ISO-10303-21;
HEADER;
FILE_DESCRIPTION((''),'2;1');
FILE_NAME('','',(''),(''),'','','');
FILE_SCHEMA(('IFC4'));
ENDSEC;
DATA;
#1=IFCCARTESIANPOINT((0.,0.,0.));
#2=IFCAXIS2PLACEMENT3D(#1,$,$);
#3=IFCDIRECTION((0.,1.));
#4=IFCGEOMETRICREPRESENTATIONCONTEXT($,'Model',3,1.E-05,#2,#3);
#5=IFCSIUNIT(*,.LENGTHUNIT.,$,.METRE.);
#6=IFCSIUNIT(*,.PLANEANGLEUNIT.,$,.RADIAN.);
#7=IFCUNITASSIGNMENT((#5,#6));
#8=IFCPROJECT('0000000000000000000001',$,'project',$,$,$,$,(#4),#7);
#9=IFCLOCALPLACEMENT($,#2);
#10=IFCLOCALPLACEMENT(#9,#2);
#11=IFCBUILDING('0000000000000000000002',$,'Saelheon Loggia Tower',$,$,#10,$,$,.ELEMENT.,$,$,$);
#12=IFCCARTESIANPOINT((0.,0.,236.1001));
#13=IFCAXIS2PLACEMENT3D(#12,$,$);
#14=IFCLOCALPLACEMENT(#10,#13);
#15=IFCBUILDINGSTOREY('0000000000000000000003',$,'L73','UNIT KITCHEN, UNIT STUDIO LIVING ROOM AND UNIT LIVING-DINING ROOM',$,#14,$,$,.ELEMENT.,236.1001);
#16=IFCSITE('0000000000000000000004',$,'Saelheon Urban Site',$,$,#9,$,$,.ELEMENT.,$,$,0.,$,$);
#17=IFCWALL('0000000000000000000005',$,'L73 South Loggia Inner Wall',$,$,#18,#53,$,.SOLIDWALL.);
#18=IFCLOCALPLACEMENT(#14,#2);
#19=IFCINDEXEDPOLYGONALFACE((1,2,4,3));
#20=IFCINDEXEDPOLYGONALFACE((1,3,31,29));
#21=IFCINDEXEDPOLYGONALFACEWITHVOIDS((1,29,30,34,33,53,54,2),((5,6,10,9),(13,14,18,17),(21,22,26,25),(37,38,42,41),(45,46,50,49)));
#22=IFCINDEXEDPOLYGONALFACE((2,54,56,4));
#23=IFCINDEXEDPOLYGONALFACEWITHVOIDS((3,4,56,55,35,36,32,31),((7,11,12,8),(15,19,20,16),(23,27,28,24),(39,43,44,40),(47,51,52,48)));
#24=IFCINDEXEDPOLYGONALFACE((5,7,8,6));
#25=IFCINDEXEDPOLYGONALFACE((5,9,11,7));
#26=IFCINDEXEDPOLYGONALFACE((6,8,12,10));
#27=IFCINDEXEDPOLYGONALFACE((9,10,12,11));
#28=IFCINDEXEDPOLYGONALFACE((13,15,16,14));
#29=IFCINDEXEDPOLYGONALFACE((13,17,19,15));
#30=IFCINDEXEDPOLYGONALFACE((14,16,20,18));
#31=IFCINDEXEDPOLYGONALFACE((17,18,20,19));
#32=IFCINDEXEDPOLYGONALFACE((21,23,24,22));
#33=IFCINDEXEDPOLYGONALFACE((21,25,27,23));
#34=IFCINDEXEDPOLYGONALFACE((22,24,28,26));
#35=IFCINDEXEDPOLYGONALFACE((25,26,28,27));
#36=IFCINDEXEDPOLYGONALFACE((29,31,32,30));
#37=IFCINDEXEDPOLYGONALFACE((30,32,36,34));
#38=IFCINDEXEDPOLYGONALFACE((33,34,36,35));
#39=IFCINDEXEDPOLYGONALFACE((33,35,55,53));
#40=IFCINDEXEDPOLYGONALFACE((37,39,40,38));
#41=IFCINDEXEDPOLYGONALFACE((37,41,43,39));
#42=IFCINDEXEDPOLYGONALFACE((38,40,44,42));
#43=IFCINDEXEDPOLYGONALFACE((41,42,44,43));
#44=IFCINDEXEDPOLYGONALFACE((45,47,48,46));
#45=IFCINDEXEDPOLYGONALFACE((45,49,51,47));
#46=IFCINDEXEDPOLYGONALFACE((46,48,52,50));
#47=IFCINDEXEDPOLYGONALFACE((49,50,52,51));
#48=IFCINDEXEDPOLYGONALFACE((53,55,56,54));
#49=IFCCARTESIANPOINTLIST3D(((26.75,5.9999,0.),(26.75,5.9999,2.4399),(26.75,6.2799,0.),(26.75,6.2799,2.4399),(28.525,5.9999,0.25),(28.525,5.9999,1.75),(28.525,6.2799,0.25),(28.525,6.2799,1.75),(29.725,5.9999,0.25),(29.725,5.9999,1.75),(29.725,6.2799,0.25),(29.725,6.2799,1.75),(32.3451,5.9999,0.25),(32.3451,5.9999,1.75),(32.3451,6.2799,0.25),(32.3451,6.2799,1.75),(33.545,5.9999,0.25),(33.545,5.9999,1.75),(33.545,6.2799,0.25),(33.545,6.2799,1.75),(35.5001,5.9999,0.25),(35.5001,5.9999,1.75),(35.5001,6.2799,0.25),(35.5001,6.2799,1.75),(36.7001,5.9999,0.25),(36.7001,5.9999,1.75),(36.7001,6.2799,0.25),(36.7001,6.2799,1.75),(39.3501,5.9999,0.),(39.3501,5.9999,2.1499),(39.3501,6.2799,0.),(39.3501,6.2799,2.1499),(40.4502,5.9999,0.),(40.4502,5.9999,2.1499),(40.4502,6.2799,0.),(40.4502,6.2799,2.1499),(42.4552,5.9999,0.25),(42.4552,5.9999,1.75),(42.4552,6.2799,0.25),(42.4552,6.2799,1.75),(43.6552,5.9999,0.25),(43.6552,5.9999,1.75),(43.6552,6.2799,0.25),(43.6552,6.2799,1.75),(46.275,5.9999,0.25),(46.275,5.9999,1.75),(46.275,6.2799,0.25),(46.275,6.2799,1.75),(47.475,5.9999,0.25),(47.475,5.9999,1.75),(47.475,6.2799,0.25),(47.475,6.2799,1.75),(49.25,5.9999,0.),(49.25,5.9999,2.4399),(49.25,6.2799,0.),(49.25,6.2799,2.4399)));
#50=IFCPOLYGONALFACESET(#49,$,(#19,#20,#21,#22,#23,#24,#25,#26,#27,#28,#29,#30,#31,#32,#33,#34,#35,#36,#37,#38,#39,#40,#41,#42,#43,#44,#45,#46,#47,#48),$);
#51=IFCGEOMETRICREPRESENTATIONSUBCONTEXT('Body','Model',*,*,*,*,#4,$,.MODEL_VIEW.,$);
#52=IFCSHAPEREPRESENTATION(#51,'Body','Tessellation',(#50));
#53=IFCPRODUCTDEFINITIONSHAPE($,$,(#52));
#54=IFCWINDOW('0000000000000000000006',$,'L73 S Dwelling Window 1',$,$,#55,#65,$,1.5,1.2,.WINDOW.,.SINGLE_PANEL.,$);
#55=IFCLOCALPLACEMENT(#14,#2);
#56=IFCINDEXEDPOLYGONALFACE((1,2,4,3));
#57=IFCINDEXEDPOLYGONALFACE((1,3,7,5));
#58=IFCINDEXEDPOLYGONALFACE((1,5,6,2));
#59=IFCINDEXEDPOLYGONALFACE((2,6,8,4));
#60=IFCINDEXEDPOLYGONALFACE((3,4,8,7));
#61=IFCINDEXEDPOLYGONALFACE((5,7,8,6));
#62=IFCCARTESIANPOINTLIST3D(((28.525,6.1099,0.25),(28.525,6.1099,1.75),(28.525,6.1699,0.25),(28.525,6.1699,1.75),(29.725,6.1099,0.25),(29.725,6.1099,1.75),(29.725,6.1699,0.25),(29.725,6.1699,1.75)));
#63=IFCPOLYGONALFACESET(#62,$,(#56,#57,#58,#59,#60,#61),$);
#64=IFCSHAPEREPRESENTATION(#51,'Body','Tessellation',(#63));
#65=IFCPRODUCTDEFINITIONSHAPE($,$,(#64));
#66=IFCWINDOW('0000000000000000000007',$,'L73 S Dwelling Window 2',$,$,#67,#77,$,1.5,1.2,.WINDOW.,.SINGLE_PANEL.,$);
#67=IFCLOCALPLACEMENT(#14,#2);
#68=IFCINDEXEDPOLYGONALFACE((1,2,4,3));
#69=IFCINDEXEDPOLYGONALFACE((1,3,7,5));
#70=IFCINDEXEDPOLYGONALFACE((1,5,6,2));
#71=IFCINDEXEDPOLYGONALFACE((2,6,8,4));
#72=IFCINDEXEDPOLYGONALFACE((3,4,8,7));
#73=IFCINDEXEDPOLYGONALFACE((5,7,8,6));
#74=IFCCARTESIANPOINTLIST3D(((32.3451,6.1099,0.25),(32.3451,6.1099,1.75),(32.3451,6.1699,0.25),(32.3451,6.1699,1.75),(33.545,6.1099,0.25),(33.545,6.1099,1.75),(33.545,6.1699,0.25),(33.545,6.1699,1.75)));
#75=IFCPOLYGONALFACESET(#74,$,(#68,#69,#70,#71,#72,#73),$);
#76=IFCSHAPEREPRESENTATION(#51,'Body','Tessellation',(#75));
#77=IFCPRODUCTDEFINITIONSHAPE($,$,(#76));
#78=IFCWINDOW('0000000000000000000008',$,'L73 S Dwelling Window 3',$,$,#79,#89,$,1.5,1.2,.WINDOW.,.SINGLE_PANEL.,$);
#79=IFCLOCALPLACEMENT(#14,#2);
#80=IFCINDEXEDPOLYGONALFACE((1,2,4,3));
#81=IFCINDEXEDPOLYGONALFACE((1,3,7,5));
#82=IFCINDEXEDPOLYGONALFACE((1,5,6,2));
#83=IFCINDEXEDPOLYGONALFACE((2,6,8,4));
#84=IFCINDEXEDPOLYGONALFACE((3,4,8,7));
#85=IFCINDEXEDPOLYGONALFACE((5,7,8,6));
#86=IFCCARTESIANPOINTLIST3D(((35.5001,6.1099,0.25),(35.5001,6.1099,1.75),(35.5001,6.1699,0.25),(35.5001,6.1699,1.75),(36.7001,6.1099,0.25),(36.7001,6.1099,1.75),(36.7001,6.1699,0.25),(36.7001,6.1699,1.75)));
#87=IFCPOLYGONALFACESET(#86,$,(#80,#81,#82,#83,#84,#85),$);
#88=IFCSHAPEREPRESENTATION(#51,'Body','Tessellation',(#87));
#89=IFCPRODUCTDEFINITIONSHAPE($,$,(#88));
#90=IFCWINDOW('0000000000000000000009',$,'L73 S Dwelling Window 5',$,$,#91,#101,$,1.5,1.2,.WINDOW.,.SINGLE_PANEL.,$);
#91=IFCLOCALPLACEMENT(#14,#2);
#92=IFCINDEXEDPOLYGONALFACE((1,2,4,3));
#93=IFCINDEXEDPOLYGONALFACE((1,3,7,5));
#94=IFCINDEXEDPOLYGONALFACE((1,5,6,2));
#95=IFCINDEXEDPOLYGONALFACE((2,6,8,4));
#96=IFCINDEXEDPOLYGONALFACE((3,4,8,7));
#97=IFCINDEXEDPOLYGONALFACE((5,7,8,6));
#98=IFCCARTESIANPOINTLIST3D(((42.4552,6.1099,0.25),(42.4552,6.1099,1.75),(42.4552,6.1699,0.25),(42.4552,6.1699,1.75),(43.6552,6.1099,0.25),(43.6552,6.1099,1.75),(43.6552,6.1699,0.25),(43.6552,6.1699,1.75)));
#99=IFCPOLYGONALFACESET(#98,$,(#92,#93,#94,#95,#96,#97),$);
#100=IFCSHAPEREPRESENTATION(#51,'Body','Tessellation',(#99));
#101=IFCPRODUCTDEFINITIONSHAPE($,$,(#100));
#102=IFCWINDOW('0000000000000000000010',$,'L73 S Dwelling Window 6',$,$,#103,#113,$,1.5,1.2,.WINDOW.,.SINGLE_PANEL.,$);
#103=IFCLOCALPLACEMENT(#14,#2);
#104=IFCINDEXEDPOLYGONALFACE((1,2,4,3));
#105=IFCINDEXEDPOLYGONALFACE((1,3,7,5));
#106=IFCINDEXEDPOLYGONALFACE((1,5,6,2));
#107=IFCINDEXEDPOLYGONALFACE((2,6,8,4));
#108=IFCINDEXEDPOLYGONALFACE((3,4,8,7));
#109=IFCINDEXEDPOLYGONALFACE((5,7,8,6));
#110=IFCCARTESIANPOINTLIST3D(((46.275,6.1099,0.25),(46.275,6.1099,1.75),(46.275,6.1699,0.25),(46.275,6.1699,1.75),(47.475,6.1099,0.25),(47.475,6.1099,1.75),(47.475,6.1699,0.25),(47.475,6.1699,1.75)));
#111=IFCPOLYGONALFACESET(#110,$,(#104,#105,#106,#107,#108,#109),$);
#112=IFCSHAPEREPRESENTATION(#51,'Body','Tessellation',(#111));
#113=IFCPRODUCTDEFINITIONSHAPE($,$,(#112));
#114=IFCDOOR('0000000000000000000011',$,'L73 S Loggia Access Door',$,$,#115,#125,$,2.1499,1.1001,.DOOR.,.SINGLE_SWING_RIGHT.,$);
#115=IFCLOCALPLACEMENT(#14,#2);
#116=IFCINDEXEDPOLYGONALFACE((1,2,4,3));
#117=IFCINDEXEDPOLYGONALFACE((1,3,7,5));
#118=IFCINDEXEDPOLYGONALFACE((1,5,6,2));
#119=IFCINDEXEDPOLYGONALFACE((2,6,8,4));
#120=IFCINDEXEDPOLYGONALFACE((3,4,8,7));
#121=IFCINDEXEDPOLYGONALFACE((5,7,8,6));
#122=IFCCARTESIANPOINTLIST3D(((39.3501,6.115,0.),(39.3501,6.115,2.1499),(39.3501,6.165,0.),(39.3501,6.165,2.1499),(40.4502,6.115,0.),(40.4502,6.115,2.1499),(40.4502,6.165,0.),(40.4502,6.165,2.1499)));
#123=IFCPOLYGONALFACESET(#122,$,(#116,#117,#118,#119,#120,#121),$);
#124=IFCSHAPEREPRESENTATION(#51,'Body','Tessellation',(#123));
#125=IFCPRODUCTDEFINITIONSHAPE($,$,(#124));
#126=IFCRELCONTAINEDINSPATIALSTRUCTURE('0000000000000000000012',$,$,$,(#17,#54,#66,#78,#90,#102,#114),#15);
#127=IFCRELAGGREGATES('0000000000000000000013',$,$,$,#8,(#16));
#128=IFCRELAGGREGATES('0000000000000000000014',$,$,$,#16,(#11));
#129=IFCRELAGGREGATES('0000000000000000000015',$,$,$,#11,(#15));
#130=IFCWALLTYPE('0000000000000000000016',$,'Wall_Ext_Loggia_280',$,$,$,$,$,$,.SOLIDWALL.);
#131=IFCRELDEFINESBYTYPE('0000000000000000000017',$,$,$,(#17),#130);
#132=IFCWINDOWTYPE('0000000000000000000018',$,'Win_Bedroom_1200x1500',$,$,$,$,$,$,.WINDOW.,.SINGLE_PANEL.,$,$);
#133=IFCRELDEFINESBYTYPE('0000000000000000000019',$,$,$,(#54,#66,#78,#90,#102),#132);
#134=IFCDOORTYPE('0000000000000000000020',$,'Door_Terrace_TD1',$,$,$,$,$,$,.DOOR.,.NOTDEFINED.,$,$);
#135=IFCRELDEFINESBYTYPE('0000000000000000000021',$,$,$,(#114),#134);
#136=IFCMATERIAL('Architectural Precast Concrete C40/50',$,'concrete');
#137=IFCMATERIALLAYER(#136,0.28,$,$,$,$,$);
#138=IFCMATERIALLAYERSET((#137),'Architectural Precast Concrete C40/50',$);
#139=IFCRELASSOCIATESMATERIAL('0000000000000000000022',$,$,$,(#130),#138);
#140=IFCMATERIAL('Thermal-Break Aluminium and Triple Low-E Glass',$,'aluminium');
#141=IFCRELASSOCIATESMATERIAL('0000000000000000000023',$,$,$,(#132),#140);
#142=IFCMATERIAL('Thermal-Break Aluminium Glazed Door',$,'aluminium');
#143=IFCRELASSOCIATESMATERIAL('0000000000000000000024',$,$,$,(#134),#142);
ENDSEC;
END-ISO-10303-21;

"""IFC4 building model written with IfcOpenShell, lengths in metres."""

from ifc_helpers import new_model, si_unit, direction, frame, frame_2d, origin, place, context, subcontext, project, spatial, rectangle, extrude, source, transform, mapped, material, layer, layer_set, type_object, element, fill, save


model = new_model("IFC4")

# Units and contexts
model_context = context("Model", 3, precision=1e-05, world=origin(), true_north=direction((0.0, 1.0)))
body_context = subcontext(model_context, "Body", "Model", "MODEL_VIEW")
ifc_project = project(units=[si_unit("LENGTHUNIT", "METRE"), si_unit("PLANEANGLEUNIT", "RADIAN")], contexts=[model_context])

# Site, building, storey
site_placement = place(None, origin())
site = spatial("IfcSite", under=ifc_project, at=site_placement, Name="Saelheon Urban Site", CompositionType="ELEMENT", RefElevation=0.0)
building_placement = place(site_placement, origin())
building = spatial("IfcBuilding", under=site, at=building_placement, Name="Saelheon Loggia Tower", CompositionType="ELEMENT")
storey_placement = place(building_placement, frame((0.0, 0.0, 236.1001)))
storey = spatial("IfcBuildingStorey", under=building, at=storey_placement, Name="L73", Description="UNIT KITCHEN, UNIT STUDIO LIVING ROOM AND UNIT LIVING-DINING ROOM", CompositionType="ELEMENT", Elevation=236.1001)

# Wall, openings, windows, door
ifc_material_1 = material(Name="Architectural Precast Concrete C40/50", Category="concrete")
ifc_layer_1 = layer(ifc_material_1, 0.28)
ifc_layer_set_1 = layer_set([ifc_layer_1], Name="Architectural Precast Concrete C40/50")
wall_type = type_object("IfcWallType", Name="Wall_Ext_Loggia_280", PredefinedType="SOLIDWALL", material=ifc_layer_set_1)
wall_placement = place(storey_placement, frame((26.75, 6.1399, 0.0), z_axis=(0.0, 0.0, 1.0), x_axis=(1.0, 0.0, 0.0)))
wall = element("IfcWall", 1, at=wall_placement, inside=storey, type_object=wall_type, Name="L73 South Loggia Inner Wall", PredefinedType="SOLIDWALL", context=body_context, shape_type="SweptSolid", body=[
    extrude(rectangle(XDim=22.5, YDim=0.28, at=frame_2d((11.25, 0.0))), origin(), (0.0, 0.0, 1.0), 2.4399),
])
opening_1_placement = place(wall_placement, frame((1.7749, 0.0, 0.25)))
opening_1 = element("IfcOpeningElement", 2, at=opening_1_placement, cuts=wall, PredefinedType="OPENING", context=body_context, shape_type="SweptSolid", body=[
    extrude(rectangle(XDim=1.2, YDim=1.5, at=frame_2d((0.6001, 0.75))), frame((0.0, 0.1521, 0.0), z_axis=(0.0, -1.0, 0.0), x_axis=(1.0, 0.0, 0.0)), (0.0, 0.0, 1.0), 0.304),
])
opening_2_placement = place(wall_placement, frame((5.595, 0.0, 0.25)))
opening_2 = element("IfcOpeningElement", 3, at=opening_2_placement, cuts=wall, PredefinedType="OPENING", context=body_context, shape_type="SweptSolid", body=[
    extrude(rectangle(XDim=1.2, YDim=1.5, at=frame_2d((0.6001, 0.75))), frame((0.0, 0.1521, 0.0), z_axis=(0.0, -1.0, 0.0), x_axis=(1.0, 0.0, 0.0)), (0.0, 0.0, 1.0), 0.304),
])
opening_3_placement = place(wall_placement, frame((8.75, 0.0, 0.25)))
opening_3 = element("IfcOpeningElement", 4, at=opening_3_placement, cuts=wall, PredefinedType="OPENING", context=body_context, shape_type="SweptSolid", body=[
    extrude(rectangle(XDim=1.2, YDim=1.5, at=frame_2d((0.6001, 0.75))), frame((0.0, 0.1521, 0.0), z_axis=(0.0, -1.0, 0.0), x_axis=(1.0, 0.0, 0.0)), (0.0, 0.0, 1.0), 0.304),
])
opening_4_placement = place(wall_placement, frame((13.7002, 0.0, 0.0), z_axis=(0.0, 0.0, 1.0), x_axis=(-1.0, 0.0, 0.0)))
opening_4 = element("IfcOpeningElement", 5, at=opening_4_placement, cuts=wall, PredefinedType="OPENING", context=body_context, shape_type="SweptSolid", body=[
    extrude(rectangle(XDim=1.1001, YDim=2.1499, at=frame_2d((0.55, 1.075))), frame((0.0, 0.1521, 0.0), z_axis=(0.0, -1.0, 0.0), x_axis=(1.0, 0.0, 0.0)), (0.0, 0.0, 1.0), 0.304),
])
opening_5_placement = place(wall_placement, frame((15.7051, 0.0, 0.25)))
opening_5 = element("IfcOpeningElement", 6, at=opening_5_placement, cuts=wall, PredefinedType="OPENING", context=body_context, shape_type="SweptSolid", body=[
    extrude(rectangle(XDim=1.2, YDim=1.5, at=frame_2d((0.6001, 0.75))), frame((0.0, 0.1521, 0.0), z_axis=(0.0, -1.0, 0.0), x_axis=(1.0, 0.0, 0.0)), (0.0, 0.0, 1.0), 0.304),
])
opening_6_placement = place(wall_placement, frame((19.5249, 0.0, 0.25)))
opening_6 = element("IfcOpeningElement", 7, at=opening_6_placement, cuts=wall, PredefinedType="OPENING", context=body_context, shape_type="SweptSolid", body=[
    extrude(rectangle(XDim=1.2, YDim=1.5, at=frame_2d((0.6001, 0.75))), frame((0.0, 0.1521, 0.0), z_axis=(0.0, -1.0, 0.0), x_axis=(1.0, 0.0, 0.0)), (0.0, 0.0, 1.0), 0.304),
])
ifc_material_2 = material(Name="Thermal-Break Aluminium and Triple Low-E Glass", Category="aluminium")
window_type = type_object("IfcWindowType", Name="Win_Bedroom_1200x1500", PartitioningType="SINGLE_PANEL", PredefinedType="WINDOW", material=ifc_material_2)
shared_shape_1 = source(origin(), body_context, "Body", "SweptSolid", [
    extrude(rectangle(XDim=1.2, YDim=1.5, at=frame_2d((0.6001, 0.75))), frame((0.0, 0.03, 0.0), z_axis=(0.0, -1.0, 0.0), x_axis=(1.0, 0.0, 0.0)), (0.0, 0.0, 1.0), 0.0601),
])
window_1_placement = place(opening_1_placement, origin())
window_1 = element("IfcWindow", 8, at=window_1_placement, inside=storey, type_object=window_type, Name="L73 S Dwelling Window 1", OverallHeight=1.5, OverallWidth=1.2, PartitioningType="SINGLE_PANEL", PredefinedType="WINDOW", context=body_context, shape_type="MappedRepresentation", body=[
    mapped(shared_shape_1, transform((0.0, 0.0, 0.0), scale=1.0)),
])
fill(opening_1, window_1)
window_2_placement = place(opening_2_placement, origin())
window_2 = element("IfcWindow", 9, at=window_2_placement, inside=storey, type_object=window_type, Name="L73 S Dwelling Window 2", OverallHeight=1.5, OverallWidth=1.2, PartitioningType="SINGLE_PANEL", PredefinedType="WINDOW", context=body_context, shape_type="MappedRepresentation", body=[
    mapped(shared_shape_1, transform((0.0, 0.0, 0.0), scale=1.0)),
])
fill(opening_2, window_2)
window_3_placement = place(opening_3_placement, origin())
window_3 = element("IfcWindow", 10, at=window_3_placement, inside=storey, type_object=window_type, Name="L73 S Dwelling Window 3", OverallHeight=1.5, OverallWidth=1.2, PartitioningType="SINGLE_PANEL", PredefinedType="WINDOW", context=body_context, shape_type="MappedRepresentation", body=[
    mapped(shared_shape_1, transform((0.0, 0.0, 0.0), scale=1.0)),
])
fill(opening_3, window_3)
window_4_placement = place(opening_5_placement, origin())
window_4 = element("IfcWindow", 11, at=window_4_placement, inside=storey, type_object=window_type, Name="L73 S Dwelling Window 5", OverallHeight=1.5, OverallWidth=1.2, PartitioningType="SINGLE_PANEL", PredefinedType="WINDOW", context=body_context, shape_type="MappedRepresentation", body=[
    mapped(shared_shape_1, transform((0.0, 0.0, 0.0), scale=1.0)),
])
fill(opening_5, window_4)
window_5_placement = place(opening_6_placement, origin())
window_5 = element("IfcWindow", 12, at=window_5_placement, inside=storey, type_object=window_type, Name="L73 S Dwelling Window 6", OverallHeight=1.5, OverallWidth=1.2, PartitioningType="SINGLE_PANEL", PredefinedType="WINDOW", context=body_context, shape_type="MappedRepresentation", body=[
    mapped(shared_shape_1, transform((0.0, 0.0, 0.0), scale=1.0)),
])
fill(opening_6, window_5)
ifc_material_3 = material(Name="Thermal-Break Aluminium Glazed Door", Category="aluminium")
door_type = type_object("IfcDoorType", Name="Door_Terrace_TD1", OperationType="NOTDEFINED", PredefinedType="DOOR", material=ifc_material_3)
shared_shape_2 = source(origin(), body_context, "Body", "SweptSolid", [
    extrude(rectangle(XDim=1.1001, YDim=2.1499, at=frame_2d((0.55, 1.075))), frame((0.0, 0.0249, 0.0), z_axis=(0.0, -1.0, 0.0), x_axis=(1.0, 0.0, 0.0)), (0.0, 0.0, 1.0), 0.05),
])
door_placement = place(opening_4_placement, origin())
door = element("IfcDoor", 13, at=door_placement, inside=storey, type_object=door_type, Name="L73 S Loggia Access Door", OperationType="SINGLE_SWING_RIGHT", OverallHeight=2.1499, OverallWidth=1.1001, PredefinedType="DOOR", context=body_context, shape_type="MappedRepresentation", body=[
    mapped(shared_shape_2, transform((0.0, 0.0, 0.0), scale=1.0)),
])
fill(opening_4, door)

save(model, "model.ifc")
